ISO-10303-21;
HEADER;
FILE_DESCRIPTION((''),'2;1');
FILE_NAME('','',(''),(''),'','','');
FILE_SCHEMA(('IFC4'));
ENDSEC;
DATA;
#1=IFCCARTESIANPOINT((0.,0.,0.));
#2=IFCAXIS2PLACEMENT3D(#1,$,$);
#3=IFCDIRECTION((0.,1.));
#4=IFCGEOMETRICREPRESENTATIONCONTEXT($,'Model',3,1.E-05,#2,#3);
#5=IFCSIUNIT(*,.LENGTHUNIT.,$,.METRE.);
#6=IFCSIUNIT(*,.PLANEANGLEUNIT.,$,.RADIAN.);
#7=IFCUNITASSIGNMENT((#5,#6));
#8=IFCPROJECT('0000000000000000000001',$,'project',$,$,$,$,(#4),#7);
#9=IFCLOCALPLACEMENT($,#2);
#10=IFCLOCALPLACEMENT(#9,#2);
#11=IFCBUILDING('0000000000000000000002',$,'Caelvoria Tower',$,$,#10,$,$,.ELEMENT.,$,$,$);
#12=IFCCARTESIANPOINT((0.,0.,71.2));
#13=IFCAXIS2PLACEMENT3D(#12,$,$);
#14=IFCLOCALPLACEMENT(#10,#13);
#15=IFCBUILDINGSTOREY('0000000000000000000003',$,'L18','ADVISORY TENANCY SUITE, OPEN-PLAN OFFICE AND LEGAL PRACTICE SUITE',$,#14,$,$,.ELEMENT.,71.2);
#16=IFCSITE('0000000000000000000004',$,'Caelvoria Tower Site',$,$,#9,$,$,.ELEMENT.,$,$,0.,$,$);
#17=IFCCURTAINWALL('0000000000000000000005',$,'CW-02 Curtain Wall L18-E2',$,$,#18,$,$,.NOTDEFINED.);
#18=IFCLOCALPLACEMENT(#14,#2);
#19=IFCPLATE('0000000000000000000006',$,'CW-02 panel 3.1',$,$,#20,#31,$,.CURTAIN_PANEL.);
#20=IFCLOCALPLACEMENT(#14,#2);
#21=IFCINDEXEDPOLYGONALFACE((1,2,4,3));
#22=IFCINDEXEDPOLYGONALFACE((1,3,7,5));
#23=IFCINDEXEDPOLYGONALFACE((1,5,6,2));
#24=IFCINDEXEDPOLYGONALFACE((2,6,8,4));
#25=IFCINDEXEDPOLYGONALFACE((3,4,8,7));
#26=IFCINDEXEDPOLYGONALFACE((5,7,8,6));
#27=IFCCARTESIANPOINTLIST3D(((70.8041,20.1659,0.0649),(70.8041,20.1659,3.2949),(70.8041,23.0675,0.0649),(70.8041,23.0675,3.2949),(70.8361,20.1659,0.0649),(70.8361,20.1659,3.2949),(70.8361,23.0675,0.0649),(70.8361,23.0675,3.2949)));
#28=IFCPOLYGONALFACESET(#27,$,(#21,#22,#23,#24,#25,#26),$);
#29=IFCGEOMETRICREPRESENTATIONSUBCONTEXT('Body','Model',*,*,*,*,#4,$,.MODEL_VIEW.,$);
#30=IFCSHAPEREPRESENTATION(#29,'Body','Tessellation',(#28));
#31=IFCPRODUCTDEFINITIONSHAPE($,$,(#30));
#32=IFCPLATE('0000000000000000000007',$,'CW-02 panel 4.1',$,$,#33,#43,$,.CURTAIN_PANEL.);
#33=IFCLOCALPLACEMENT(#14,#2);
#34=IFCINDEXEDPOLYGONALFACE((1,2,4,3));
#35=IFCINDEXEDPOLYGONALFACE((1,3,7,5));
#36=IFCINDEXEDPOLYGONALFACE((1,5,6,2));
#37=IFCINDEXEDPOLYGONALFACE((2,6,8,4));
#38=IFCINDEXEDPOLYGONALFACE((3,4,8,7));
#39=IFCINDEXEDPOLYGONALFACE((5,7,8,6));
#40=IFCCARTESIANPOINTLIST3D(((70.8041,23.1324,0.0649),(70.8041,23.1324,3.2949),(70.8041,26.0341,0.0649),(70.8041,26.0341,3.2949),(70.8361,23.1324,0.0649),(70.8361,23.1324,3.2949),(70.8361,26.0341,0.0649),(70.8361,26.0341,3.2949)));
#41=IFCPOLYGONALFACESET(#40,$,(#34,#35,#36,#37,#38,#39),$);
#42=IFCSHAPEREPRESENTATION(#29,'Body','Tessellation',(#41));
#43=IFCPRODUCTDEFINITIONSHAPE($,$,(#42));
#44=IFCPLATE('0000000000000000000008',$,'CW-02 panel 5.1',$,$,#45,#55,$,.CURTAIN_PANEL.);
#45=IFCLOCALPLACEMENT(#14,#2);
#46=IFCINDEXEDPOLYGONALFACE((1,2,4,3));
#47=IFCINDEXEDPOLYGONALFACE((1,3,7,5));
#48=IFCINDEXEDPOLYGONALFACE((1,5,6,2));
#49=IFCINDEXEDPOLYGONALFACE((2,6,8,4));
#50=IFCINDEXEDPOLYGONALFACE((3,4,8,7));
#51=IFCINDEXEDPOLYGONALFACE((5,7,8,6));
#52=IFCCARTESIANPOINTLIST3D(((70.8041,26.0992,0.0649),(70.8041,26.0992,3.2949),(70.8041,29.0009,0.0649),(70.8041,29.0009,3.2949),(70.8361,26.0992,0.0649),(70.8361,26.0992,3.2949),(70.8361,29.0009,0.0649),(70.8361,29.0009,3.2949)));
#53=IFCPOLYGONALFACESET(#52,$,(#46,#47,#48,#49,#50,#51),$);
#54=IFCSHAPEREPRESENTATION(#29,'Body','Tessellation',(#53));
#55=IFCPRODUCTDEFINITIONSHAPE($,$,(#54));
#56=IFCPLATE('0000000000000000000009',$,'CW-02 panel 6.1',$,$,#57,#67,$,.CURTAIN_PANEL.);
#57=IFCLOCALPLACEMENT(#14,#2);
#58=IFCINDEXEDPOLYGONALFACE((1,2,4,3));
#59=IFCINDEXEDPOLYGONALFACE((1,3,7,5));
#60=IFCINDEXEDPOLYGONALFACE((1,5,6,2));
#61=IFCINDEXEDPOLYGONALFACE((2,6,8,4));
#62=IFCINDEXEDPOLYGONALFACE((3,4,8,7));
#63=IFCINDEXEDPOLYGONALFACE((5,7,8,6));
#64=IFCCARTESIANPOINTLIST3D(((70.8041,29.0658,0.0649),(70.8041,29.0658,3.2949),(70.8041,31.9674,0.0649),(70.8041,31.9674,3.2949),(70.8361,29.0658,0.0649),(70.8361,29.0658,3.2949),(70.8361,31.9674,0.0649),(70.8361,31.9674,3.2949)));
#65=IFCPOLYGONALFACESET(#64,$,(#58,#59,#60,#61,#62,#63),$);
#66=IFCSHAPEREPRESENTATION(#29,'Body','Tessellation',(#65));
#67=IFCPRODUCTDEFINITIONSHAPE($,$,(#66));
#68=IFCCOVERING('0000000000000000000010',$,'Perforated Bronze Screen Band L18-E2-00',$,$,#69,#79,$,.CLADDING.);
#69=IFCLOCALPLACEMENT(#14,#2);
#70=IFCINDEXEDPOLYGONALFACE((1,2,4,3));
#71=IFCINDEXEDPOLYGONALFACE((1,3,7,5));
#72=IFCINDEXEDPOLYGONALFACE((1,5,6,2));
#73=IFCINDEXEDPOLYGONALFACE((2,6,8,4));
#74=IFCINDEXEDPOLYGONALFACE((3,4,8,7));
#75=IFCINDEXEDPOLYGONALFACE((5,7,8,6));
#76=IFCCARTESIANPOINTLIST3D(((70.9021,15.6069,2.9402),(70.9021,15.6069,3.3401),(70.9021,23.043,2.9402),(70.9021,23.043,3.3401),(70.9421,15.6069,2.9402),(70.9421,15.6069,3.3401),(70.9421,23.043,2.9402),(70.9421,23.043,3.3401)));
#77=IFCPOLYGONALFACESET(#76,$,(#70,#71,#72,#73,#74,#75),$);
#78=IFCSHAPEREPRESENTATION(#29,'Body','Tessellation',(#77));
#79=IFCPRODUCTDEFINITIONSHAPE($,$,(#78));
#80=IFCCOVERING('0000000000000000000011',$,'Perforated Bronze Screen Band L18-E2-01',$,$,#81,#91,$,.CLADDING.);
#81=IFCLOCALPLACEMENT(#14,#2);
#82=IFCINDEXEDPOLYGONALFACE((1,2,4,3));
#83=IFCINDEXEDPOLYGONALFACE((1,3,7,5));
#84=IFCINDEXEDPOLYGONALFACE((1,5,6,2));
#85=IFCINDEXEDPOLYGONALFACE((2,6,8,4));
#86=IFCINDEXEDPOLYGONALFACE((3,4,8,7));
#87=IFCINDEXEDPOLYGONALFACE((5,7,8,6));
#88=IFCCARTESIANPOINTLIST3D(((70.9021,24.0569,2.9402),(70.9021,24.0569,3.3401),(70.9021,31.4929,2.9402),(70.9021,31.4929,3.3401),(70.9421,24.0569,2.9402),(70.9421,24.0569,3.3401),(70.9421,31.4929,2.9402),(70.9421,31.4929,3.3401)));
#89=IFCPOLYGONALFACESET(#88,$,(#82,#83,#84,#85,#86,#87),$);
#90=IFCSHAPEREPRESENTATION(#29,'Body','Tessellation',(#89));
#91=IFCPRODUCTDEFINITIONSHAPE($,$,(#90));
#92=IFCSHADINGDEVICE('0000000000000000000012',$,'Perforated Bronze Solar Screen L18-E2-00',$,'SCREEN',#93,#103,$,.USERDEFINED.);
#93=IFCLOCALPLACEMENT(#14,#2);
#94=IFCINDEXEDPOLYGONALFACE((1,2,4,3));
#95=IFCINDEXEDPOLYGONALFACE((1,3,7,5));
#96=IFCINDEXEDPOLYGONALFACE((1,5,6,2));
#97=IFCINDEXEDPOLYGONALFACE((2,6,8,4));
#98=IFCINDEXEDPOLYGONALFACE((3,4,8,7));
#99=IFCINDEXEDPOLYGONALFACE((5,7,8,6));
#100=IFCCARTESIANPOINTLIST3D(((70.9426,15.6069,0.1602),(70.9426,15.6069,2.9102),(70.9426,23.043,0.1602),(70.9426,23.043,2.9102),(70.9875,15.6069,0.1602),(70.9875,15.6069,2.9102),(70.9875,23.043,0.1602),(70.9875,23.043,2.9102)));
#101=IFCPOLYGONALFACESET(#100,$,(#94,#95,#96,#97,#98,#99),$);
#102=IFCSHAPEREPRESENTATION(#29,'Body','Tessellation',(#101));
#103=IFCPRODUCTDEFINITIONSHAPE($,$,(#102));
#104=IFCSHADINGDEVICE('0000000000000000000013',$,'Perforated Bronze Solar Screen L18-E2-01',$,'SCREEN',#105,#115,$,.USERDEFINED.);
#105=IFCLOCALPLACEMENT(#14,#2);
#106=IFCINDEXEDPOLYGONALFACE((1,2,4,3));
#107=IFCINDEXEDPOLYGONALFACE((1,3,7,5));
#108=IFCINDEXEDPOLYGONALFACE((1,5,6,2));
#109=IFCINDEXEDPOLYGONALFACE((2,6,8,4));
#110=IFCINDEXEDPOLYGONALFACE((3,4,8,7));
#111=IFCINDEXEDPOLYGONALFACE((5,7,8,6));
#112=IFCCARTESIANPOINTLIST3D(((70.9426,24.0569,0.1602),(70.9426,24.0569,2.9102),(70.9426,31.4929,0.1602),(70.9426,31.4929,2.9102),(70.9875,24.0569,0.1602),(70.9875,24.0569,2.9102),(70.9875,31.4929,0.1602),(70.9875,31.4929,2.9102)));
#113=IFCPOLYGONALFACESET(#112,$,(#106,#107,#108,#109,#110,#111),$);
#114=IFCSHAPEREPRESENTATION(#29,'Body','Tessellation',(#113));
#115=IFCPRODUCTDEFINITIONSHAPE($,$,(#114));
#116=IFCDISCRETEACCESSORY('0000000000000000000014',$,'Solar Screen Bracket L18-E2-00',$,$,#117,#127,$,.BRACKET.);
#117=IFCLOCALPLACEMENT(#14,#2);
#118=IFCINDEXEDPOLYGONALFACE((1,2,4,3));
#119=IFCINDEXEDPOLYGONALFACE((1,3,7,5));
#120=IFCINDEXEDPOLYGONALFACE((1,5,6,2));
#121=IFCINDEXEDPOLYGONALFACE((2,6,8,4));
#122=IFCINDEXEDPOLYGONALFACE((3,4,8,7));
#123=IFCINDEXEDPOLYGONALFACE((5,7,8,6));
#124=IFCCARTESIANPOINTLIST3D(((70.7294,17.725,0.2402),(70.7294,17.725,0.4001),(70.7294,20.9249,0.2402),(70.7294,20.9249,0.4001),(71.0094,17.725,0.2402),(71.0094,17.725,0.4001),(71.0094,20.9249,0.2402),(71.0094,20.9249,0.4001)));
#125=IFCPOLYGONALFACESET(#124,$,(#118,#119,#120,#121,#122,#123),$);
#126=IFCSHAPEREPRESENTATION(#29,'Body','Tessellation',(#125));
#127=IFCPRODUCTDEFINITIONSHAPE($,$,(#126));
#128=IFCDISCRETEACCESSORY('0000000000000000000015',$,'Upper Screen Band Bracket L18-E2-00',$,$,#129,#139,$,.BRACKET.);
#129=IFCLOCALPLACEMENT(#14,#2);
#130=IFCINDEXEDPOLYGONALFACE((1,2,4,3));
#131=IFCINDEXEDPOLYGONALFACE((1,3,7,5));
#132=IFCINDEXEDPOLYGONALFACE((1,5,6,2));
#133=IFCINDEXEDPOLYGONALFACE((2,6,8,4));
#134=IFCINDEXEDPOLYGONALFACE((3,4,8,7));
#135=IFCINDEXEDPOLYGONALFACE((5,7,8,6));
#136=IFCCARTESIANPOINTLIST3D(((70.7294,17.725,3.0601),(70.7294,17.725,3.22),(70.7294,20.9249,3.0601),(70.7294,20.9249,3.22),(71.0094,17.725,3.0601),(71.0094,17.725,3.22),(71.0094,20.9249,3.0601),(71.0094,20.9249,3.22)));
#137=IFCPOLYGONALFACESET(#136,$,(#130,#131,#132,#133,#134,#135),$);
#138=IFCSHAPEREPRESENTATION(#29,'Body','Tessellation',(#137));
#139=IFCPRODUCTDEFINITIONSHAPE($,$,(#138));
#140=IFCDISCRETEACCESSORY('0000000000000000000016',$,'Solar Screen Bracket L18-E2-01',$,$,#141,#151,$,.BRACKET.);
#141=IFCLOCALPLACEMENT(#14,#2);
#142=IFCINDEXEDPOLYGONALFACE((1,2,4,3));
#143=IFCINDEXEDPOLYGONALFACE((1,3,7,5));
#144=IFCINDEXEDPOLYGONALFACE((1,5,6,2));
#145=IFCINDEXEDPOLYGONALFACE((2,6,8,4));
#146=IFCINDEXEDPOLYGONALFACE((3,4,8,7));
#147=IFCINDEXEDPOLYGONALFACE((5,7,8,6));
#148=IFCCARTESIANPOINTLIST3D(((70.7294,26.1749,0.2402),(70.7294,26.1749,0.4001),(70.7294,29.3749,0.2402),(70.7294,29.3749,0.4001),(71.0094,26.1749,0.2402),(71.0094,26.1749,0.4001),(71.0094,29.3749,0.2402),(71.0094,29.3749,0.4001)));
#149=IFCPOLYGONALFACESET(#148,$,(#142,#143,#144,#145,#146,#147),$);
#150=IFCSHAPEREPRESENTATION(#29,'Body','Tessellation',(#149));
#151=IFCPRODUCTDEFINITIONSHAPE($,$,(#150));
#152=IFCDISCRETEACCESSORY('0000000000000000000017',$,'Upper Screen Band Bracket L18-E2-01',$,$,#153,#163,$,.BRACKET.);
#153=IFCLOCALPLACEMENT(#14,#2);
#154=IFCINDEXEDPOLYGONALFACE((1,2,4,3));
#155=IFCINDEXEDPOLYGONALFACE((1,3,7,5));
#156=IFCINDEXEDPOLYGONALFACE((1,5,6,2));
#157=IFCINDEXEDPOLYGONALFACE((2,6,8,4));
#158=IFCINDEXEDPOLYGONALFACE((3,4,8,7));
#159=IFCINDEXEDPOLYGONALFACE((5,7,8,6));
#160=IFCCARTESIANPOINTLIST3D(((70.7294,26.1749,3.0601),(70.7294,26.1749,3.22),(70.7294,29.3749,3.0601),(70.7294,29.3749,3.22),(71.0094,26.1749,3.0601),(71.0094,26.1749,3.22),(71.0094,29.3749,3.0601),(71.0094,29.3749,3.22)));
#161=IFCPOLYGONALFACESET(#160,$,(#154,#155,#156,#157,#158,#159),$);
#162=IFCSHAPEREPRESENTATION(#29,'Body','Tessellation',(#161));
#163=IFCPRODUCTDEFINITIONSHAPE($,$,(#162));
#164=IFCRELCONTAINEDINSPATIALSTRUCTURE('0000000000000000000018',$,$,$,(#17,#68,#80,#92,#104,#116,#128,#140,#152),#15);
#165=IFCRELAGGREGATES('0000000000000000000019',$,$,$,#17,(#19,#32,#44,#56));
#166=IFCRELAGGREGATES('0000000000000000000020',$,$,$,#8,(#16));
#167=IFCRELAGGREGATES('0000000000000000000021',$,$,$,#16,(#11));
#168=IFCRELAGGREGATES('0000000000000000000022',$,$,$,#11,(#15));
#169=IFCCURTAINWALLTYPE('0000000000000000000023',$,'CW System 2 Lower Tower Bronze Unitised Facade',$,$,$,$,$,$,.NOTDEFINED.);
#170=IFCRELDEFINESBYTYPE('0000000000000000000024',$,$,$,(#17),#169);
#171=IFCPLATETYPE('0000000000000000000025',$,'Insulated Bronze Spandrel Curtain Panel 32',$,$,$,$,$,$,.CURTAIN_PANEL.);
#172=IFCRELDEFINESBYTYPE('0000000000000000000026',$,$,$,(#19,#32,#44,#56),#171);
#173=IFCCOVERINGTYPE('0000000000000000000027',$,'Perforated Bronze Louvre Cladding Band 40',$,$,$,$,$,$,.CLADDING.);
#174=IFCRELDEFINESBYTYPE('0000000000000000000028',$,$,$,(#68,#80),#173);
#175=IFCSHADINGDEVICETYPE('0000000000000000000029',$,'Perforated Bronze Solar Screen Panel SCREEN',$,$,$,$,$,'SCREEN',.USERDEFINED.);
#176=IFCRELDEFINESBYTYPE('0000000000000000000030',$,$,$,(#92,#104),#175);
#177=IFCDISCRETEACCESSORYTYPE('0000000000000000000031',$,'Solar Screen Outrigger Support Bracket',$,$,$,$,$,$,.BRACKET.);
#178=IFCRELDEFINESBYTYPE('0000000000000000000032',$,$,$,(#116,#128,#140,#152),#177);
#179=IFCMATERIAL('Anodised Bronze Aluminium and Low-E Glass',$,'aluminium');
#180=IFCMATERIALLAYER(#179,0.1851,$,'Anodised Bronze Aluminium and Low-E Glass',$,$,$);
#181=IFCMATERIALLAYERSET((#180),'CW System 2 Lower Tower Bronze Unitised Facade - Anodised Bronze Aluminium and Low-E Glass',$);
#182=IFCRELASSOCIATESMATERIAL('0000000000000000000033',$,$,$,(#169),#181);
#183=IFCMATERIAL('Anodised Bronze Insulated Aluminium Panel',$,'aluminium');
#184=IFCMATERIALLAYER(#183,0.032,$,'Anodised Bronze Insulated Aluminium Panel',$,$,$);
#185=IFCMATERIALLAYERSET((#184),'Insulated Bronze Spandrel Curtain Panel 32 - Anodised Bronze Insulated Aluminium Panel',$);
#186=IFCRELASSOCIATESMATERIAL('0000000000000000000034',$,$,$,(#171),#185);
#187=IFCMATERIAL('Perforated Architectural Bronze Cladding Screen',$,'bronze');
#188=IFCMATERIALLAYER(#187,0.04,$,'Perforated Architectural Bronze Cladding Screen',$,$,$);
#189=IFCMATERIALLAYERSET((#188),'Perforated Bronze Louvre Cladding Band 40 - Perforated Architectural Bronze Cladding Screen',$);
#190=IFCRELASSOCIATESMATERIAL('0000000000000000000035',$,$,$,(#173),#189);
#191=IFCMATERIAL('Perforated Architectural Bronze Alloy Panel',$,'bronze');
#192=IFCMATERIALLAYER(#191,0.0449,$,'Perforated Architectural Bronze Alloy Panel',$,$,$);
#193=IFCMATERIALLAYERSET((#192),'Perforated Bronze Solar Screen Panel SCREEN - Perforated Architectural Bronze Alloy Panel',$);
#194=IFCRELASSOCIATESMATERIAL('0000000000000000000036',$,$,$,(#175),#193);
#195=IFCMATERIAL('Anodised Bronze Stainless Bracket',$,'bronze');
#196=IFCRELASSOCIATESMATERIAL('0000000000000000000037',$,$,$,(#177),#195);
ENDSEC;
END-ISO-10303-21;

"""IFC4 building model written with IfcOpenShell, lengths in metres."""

from ifc_helpers import new_model, si_unit, direction, frame, origin, origin_2d, place, context, subcontext, project, spatial, rectangle, extrude, material, layer, layer_set, type_object, element, aggregate, save


model = new_model("IFC4")

# Units and contexts
model_context = context("Model", 3, precision=1e-05, world=origin(), true_north=direction((0.0, 1.0)))
body_context = subcontext(model_context, "Body", "Model", "MODEL_VIEW")
ifc_project = project(units=[si_unit("LENGTHUNIT", "METRE"), si_unit("PLANEANGLEUNIT", "RADIAN")], contexts=[model_context])

# Site, building, storey
site_placement = place(None, origin())
site = spatial("IfcSite", under=ifc_project, at=site_placement, Name="Caelvoria Tower Site", CompositionType="ELEMENT", RefElevation=0.0)
building_placement = place(site_placement, origin())
building = spatial("IfcBuilding", under=site, at=building_placement, Name="Caelvoria Tower", CompositionType="ELEMENT")
storey_placement = place(building_placement, frame((0.0, 0.0, 71.2)))
storey = spatial("IfcBuildingStorey", under=building, at=storey_placement, Name="L18", Description="ADVISORY TENANCY SUITE, OPEN-PLAN OFFICE AND LEGAL PRACTICE SUITE", CompositionType="ELEMENT", Elevation=71.2)

# Curtain wall
ifc_material_1 = material(Name="Anodised Bronze Aluminium and Low-E Glass", Category="aluminium")
ifc_layer_1 = layer(ifc_material_1, 0.1851, Name="Anodised Bronze Aluminium and Low-E Glass")
ifc_layer_set_1 = layer_set([ifc_layer_1], Name="CW System 2 Lower Tower Bronze Unitised Facade - Anodised Bronze Aluminium and Low-E Glass")
curtain_wall_type = type_object("IfcCurtainWallType", Name="CW System 2 Lower Tower Bronze Unitised Facade", PredefinedType="NOTDEFINED", material=ifc_layer_set_1)
curtain_wall_placement = place(storey_placement, origin())
curtain_wall = element("IfcCurtainWall", 1, at=curtain_wall_placement, inside=storey, type_object=curtain_wall_type, Name="CW-02 Curtain Wall L18-E2", PredefinedType="NOTDEFINED")

# Plates
ifc_material_2 = material(Name="Anodised Bronze Insulated Aluminium Panel", Category="aluminium")
ifc_layer_2 = layer(ifc_material_2, 0.032, Name="Anodised Bronze Insulated Aluminium Panel")
ifc_layer_set_2 = layer_set([ifc_layer_2], Name="Insulated Bronze Spandrel Curtain Panel 32 - Anodised Bronze Insulated Aluminium Panel")
plate_type = type_object("IfcPlateType", Name="Insulated Bronze Spandrel Curtain Panel 32", PredefinedType="CURTAIN_PANEL", material=ifc_layer_set_2)
plate_1_placement = place(storey_placement, frame((70.8201, 21.6167, 0.0649), z_axis=(0.0, 0.0, 1.0), x_axis=(0.0, 1.0, 0.0)))
plate_1 = element("IfcPlate", 2, at=plate_1_placement, type_object=plate_type, Name="CW-02 panel 3.1", PredefinedType="CURTAIN_PANEL", context=body_context, shape_type="SweptSolid", body=[
    extrude(rectangle(XDim=2.9016, YDim=0.032, at=origin_2d()), origin(), (0.0, 0.0, 1.0), 3.23),
])
plate_2_placement = place(storey_placement, frame((70.8201, 24.5833, 0.0649), z_axis=(0.0, 0.0, 1.0), x_axis=(0.0, 1.0, 0.0)))
plate_2 = element("IfcPlate", 3, at=plate_2_placement, type_object=plate_type, Name="CW-02 panel 4.1", PredefinedType="CURTAIN_PANEL", context=body_context, shape_type="SweptSolid", body=[
    extrude(rectangle(XDim=2.9016, YDim=0.032, at=origin_2d()), origin(), (0.0, 0.0, 1.0), 3.23),
])
plate_3_placement = place(storey_placement, frame((70.8201, 27.55, 0.0649), z_axis=(0.0, 0.0, 1.0), x_axis=(0.0, 1.0, 0.0)))
plate_3 = element("IfcPlate", 4, at=plate_3_placement, type_object=plate_type, Name="CW-02 panel 5.1", PredefinedType="CURTAIN_PANEL", context=body_context, shape_type="SweptSolid", body=[
    extrude(rectangle(XDim=2.9016, YDim=0.032, at=origin_2d()), origin(), (0.0, 0.0, 1.0), 3.23),
])
plate_4_placement = place(storey_placement, frame((70.8201, 30.5166, 0.0649), z_axis=(0.0, 0.0, 1.0), x_axis=(0.0, 1.0, 0.0)))
plate_4 = element("IfcPlate", 5, at=plate_4_placement, type_object=plate_type, Name="CW-02 panel 6.1", PredefinedType="CURTAIN_PANEL", context=body_context, shape_type="SweptSolid", body=[
    extrude(rectangle(XDim=2.9016, YDim=0.032, at=origin_2d()), origin(), (0.0, 0.0, 1.0), 3.23),
])
aggregate(curtain_wall, [plate_1, plate_2, plate_3, plate_4])

# Coverings
ifc_material_3 = material(Name="Perforated Architectural Bronze Cladding Screen", Category="bronze")
ifc_layer_3 = layer(ifc_material_3, 0.04, Name="Perforated Architectural Bronze Cladding Screen")
ifc_layer_set_3 = layer_set([ifc_layer_3], Name="Perforated Bronze Louvre Cladding Band 40 - Perforated Architectural Bronze Cladding Screen")
covering_type = type_object("IfcCoveringType", Name="Perforated Bronze Louvre Cladding Band 40", PredefinedType="CLADDING", material=ifc_layer_set_3)
for number, where, z_axis, x_axis, name in (
    (6, (70.9221, 19.325, 2.9402), (0.0, 0.0, 1.0), (0.0, 1.0, 0.0), "Perforated Bronze Screen Band L18-E2-00"),
    (7, (70.9221, 27.7749, 2.9402), (0.0, 0.0, 1.0), (0.0, 1.0, 0.0), "Perforated Bronze Screen Band L18-E2-01"),
):
    element("IfcCovering", number, at=place(storey_placement, frame(where, z_axis=z_axis, x_axis=x_axis)), inside=storey, type_object=covering_type, Name=name, PredefinedType="CLADDING", context=body_context, shape_type="SweptSolid", body=[
        extrude(rectangle(XDim=7.436, YDim=0.04, at=origin_2d()), origin(), (0.0, 0.0, 1.0), 0.3999),
    ])

# Shading devices
ifc_material_4 = material(Name="Perforated Architectural Bronze Alloy Panel", Category="bronze")
ifc_layer_4 = layer(ifc_material_4, 0.0449, Name="Perforated Architectural Bronze Alloy Panel")
ifc_layer_set_4 = layer_set([ifc_layer_4], Name="Perforated Bronze Solar Screen Panel SCREEN - Perforated Architectural Bronze Alloy Panel")
shading_device_type = type_object("IfcShadingDeviceType", Name="Perforated Bronze Solar Screen Panel SCREEN", ElementType="SCREEN", PredefinedType="USERDEFINED", material=ifc_layer_set_4)
for number, where, z_axis, x_axis, name in (
    (8, (70.9651, 19.325, 0.1602), (0.0, 0.0, 1.0), (0.0, 1.0, 0.0), "Perforated Bronze Solar Screen L18-E2-00"),
    (9, (70.9651, 27.7749, 0.1602), (0.0, 0.0, 1.0), (0.0, 1.0, 0.0), "Perforated Bronze Solar Screen L18-E2-01"),
):
    element("IfcShadingDevice", number, at=place(storey_placement, frame(where, z_axis=z_axis, x_axis=x_axis)), inside=storey, type_object=shading_device_type, Name=name, ObjectType="SCREEN", PredefinedType="USERDEFINED", context=body_context, shape_type="SweptSolid", body=[
        extrude(rectangle(XDim=7.436, YDim=0.0449, at=origin_2d()), origin(), (0.0, 0.0, 1.0), 2.75),
    ])

# Discrete accessories
ifc_material_5 = material(Name="Anodised Bronze Stainless Bracket", Category="bronze")
discrete_accessory_type = type_object("IfcDiscreteAccessoryType", Name="Solar Screen Outrigger Support Bracket", PredefinedType="BRACKET", material=ifc_material_5)
for number, where, z_axis, x_axis, name in (
    (10, (70.8694, 19.325, 0.2402), (0.0, 0.0, 1.0), (0.0, 1.0, 0.0), "Solar Screen Bracket L18-E2-00"),
    (11, (70.8694, 19.325, 3.0601), (0.0, 0.0, 1.0), (0.0, 1.0, 0.0), "Upper Screen Band Bracket L18-E2-00"),
    (12, (70.8694, 27.7749, 0.2402), (0.0, 0.0, 1.0), (0.0, 1.0, 0.0), "Solar Screen Bracket L18-E2-01"),
    (13, (70.8694, 27.7749, 3.0601), (0.0, 0.0, 1.0), (0.0, 1.0, 0.0), "Upper Screen Band Bracket L18-E2-01"),
):
    element("IfcDiscreteAccessory", number, at=place(storey_placement, frame(where, z_axis=z_axis, x_axis=x_axis)), inside=storey, type_object=discrete_accessory_type, Name=name, PredefinedType="BRACKET", context=body_context, shape_type="SweptSolid", body=[
        extrude(rectangle(XDim=3.2, YDim=0.28, at=origin_2d()), origin(), (0.0, 0.0, 1.0), 0.1599),
    ])

save(model, "model.ifc")
